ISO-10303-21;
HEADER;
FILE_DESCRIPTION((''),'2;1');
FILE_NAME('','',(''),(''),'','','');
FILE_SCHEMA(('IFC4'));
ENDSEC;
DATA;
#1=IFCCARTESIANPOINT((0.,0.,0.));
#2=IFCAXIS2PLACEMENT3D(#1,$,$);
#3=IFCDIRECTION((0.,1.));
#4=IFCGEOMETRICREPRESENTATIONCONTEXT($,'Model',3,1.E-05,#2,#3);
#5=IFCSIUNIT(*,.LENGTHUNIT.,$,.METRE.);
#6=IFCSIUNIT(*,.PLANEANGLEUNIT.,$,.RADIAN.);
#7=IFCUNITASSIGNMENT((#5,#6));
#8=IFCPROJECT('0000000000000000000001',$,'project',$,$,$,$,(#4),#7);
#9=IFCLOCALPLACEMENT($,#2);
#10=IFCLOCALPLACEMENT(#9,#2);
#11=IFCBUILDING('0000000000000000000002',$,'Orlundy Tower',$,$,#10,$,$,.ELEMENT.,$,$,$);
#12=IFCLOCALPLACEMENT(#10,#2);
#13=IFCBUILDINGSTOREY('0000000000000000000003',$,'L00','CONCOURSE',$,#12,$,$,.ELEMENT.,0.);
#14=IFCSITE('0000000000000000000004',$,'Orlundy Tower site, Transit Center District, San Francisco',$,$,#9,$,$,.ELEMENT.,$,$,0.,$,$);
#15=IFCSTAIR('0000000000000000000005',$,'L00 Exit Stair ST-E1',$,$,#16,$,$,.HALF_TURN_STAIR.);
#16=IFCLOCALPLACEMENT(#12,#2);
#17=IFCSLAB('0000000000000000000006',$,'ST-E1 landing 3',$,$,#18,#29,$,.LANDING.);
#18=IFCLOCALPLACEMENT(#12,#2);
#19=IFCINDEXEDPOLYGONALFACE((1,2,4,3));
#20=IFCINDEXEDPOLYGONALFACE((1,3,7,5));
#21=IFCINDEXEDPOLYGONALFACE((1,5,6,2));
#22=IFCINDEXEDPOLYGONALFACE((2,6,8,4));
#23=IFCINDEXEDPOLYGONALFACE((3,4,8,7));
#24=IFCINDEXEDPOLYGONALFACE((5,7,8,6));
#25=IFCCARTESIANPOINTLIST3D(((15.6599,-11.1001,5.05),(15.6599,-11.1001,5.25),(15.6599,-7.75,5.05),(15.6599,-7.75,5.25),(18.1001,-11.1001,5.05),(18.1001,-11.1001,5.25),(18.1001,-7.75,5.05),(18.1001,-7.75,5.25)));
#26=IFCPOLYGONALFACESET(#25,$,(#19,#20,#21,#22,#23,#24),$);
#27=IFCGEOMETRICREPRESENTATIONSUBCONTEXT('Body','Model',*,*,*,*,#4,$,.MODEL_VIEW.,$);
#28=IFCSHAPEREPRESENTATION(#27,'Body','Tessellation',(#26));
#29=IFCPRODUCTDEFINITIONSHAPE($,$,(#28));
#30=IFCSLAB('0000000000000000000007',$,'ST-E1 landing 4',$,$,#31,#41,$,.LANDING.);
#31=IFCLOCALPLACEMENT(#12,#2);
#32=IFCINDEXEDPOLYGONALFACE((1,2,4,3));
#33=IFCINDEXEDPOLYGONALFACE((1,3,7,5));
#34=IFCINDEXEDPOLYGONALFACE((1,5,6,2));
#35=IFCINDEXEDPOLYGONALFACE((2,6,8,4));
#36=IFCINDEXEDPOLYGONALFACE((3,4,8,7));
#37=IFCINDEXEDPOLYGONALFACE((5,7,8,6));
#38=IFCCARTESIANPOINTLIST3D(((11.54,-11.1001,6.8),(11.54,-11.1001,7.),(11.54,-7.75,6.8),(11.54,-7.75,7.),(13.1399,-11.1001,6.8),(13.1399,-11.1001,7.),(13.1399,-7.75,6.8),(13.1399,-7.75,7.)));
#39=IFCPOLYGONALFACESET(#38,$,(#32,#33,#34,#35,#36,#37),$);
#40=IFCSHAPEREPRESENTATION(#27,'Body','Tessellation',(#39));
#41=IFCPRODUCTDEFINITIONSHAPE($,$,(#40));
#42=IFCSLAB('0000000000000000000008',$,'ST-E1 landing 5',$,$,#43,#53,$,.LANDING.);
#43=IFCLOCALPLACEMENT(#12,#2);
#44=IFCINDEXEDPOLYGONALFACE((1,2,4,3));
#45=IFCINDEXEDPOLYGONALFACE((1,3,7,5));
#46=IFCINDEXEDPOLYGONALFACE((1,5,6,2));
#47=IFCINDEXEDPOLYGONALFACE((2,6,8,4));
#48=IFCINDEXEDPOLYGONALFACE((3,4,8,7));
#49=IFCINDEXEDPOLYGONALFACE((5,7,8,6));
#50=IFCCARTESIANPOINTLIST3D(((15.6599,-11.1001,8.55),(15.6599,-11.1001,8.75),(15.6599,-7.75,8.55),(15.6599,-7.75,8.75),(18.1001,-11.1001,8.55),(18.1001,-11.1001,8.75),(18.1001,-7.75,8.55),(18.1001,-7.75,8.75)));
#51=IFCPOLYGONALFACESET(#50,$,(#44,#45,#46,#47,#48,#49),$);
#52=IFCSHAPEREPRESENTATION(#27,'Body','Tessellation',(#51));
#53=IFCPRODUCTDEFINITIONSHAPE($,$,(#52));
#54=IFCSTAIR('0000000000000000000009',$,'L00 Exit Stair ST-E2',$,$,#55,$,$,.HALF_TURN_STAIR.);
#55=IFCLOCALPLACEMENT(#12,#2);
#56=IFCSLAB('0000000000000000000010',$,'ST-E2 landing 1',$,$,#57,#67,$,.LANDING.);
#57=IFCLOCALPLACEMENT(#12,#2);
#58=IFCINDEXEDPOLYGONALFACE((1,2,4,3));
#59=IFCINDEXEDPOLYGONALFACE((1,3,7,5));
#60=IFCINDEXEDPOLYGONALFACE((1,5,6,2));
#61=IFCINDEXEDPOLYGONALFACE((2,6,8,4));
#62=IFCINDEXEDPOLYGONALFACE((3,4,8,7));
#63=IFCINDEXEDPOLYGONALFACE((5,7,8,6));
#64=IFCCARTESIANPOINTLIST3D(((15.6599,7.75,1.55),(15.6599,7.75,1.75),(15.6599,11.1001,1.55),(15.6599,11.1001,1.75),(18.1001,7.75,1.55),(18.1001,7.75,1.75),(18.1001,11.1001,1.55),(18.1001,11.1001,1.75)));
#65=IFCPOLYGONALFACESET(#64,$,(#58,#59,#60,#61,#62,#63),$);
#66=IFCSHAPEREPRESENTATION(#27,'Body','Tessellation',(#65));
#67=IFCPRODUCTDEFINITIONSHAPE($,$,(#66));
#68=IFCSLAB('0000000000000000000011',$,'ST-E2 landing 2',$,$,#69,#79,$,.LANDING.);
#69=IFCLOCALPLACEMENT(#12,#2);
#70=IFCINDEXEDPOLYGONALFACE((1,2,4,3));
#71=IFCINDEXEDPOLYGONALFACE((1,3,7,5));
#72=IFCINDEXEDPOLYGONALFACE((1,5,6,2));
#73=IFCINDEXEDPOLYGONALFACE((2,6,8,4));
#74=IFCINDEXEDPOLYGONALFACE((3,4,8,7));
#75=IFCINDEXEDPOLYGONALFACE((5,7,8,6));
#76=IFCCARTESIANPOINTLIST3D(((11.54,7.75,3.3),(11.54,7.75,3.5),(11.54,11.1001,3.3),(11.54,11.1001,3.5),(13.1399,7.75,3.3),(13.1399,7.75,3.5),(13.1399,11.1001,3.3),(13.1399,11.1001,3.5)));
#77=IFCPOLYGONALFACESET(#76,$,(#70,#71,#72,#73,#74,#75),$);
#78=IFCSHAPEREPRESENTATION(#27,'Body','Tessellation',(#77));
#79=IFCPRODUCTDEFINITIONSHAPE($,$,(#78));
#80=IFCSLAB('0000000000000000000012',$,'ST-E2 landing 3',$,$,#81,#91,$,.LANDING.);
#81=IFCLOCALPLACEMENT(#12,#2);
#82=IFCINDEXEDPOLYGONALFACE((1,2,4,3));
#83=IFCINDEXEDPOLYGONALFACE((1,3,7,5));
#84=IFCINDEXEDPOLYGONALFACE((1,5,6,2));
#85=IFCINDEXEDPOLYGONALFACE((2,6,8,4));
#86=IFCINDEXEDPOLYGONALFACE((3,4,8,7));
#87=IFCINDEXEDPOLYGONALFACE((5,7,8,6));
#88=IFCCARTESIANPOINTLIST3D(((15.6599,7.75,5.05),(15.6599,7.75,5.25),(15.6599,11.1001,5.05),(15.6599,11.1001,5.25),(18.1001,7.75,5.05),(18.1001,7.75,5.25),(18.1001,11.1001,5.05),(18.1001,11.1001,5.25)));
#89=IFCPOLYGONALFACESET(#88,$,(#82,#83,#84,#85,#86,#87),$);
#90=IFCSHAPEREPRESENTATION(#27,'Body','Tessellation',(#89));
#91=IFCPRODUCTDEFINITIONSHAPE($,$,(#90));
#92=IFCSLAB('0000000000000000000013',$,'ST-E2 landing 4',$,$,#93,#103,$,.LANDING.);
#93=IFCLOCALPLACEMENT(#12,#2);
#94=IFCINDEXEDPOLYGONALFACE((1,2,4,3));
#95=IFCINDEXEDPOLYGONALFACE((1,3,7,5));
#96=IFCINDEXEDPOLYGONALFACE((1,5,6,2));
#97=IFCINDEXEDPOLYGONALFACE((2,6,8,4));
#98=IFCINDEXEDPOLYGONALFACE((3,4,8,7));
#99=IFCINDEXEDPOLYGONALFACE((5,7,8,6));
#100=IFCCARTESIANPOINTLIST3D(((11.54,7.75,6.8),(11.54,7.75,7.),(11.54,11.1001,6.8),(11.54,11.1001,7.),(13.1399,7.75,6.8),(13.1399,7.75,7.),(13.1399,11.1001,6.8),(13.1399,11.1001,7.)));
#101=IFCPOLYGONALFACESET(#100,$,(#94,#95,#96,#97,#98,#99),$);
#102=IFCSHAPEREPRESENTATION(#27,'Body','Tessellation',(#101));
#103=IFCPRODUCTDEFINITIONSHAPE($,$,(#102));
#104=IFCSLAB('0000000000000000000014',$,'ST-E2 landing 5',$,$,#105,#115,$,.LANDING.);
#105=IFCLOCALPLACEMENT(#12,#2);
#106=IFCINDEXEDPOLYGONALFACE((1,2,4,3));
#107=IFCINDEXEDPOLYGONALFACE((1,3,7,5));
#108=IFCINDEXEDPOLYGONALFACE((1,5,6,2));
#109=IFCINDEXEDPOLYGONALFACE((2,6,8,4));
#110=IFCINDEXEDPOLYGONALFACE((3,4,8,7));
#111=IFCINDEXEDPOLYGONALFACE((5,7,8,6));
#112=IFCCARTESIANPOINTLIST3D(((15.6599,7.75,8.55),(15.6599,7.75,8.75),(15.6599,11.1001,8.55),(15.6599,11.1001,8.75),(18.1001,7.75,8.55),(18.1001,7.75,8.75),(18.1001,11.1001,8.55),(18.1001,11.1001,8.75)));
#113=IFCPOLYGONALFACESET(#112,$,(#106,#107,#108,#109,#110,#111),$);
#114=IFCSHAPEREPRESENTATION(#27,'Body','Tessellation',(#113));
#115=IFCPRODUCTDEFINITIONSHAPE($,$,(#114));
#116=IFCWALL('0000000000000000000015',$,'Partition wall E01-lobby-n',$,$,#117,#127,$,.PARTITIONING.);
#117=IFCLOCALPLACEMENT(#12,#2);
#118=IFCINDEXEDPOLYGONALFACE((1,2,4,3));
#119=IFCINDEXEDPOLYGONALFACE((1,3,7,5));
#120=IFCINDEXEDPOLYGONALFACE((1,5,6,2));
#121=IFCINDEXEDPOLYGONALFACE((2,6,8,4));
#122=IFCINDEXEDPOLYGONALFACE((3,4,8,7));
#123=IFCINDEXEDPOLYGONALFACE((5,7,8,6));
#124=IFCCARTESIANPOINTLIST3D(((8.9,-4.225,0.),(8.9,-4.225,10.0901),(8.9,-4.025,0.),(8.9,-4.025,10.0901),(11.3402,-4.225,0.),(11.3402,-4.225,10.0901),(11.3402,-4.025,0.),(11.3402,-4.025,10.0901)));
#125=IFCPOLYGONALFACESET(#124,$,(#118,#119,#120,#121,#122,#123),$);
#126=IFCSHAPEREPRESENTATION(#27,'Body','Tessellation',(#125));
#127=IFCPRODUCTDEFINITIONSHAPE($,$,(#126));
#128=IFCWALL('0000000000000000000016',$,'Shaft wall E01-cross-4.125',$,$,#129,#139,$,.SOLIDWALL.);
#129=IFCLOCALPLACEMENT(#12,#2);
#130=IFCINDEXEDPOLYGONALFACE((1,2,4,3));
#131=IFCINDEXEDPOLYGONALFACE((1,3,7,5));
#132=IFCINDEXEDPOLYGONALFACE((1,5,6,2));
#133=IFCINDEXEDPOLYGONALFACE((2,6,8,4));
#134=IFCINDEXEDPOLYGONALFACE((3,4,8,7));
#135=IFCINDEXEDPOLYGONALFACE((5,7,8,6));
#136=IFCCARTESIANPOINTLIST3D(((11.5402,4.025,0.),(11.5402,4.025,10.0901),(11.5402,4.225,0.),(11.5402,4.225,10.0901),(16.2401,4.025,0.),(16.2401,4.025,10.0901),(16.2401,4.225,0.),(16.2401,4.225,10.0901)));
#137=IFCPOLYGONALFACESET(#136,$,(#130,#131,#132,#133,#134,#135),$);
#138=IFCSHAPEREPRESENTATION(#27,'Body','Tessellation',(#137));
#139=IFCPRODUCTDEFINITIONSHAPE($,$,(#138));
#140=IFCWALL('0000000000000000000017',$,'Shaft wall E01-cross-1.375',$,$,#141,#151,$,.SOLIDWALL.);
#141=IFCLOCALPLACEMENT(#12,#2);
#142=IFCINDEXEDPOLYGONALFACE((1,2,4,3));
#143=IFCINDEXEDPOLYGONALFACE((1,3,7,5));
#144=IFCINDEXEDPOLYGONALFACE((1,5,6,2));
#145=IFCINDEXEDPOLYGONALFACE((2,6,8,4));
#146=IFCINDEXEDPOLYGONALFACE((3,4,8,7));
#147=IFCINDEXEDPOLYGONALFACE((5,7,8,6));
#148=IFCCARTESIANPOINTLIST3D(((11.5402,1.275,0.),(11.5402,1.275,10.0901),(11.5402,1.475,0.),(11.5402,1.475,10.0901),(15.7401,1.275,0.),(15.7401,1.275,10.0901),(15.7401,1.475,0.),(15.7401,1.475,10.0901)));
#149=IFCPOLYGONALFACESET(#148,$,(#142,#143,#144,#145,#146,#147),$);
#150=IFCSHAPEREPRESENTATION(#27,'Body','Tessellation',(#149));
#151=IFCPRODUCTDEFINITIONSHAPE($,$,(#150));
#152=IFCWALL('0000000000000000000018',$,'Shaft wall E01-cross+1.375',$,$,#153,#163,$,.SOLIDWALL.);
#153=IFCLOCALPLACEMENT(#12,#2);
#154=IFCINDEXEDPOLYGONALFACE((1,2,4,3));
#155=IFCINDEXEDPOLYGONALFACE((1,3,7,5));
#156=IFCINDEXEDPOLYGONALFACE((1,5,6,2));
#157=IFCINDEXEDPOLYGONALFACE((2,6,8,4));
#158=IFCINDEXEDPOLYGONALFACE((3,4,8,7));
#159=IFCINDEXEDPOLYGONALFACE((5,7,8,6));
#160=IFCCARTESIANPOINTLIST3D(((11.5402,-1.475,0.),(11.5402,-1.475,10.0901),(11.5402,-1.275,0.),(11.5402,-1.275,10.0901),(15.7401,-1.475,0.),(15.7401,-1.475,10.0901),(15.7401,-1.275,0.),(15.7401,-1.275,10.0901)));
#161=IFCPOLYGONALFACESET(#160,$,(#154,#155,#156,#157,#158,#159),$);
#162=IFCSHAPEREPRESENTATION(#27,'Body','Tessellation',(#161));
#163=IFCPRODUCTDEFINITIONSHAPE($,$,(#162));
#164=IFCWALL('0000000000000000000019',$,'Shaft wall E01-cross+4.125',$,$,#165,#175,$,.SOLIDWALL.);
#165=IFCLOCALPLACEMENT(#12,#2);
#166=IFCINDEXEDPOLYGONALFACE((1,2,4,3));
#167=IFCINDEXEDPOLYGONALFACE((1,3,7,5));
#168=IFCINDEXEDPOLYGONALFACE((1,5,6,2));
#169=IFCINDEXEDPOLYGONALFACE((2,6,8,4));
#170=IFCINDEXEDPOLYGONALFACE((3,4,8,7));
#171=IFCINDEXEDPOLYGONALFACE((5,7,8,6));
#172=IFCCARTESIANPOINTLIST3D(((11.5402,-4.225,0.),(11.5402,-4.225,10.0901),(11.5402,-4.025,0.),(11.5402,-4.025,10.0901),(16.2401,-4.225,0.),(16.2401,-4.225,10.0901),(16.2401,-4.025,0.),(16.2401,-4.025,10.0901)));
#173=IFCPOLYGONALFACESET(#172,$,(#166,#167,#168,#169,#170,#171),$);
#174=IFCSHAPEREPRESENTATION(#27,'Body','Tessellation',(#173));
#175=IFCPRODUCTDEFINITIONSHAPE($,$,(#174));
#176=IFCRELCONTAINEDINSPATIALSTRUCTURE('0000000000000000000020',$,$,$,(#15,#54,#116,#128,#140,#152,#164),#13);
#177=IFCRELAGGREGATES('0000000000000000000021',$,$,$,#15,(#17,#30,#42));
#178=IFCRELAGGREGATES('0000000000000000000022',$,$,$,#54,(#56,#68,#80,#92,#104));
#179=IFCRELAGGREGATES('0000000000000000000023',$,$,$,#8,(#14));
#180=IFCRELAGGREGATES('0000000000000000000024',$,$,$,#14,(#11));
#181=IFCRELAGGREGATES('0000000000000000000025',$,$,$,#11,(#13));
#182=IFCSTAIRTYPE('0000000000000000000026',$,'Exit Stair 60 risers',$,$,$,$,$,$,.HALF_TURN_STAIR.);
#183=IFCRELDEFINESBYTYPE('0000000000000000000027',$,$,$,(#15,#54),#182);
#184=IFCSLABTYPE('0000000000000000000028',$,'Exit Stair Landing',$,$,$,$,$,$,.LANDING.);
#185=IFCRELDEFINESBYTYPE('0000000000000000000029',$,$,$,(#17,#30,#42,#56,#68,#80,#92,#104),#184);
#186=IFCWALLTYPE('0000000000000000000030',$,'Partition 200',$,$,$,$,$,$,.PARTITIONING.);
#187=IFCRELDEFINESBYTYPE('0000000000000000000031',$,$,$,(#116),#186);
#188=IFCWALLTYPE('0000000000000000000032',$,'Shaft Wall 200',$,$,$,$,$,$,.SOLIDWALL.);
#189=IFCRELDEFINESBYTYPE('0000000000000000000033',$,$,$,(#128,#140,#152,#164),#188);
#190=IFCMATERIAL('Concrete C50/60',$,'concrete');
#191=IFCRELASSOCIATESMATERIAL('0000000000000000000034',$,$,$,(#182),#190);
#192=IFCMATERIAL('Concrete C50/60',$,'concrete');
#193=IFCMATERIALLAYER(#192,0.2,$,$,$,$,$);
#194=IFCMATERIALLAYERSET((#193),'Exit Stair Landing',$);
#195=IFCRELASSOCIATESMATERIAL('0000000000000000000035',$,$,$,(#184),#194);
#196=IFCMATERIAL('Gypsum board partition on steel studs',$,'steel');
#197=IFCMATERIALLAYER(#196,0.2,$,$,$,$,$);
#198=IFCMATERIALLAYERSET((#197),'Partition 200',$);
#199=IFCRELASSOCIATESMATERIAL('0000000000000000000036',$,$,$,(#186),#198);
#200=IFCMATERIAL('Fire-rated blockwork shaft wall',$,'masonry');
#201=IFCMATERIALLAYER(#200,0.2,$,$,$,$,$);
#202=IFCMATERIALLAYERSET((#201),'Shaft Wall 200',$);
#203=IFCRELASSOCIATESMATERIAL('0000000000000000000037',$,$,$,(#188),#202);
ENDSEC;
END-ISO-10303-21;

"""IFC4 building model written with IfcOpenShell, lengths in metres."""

from ifc_helpers import new_model, si_unit, direction, frame, frame_2d, origin, place, context, subcontext, project, spatial, polyline, rectangle, outline, extrude, material, layer, layer_set, type_object, element, aggregate, save


model = new_model("IFC4")

# Units and contexts
model_context = context("Model", 3, precision=1e-05, world=origin(), true_north=direction((0.0, 1.0)))
body_context = subcontext(model_context, "Body", "Model", "MODEL_VIEW")
ifc_project = project(units=[si_unit("LENGTHUNIT", "METRE"), si_unit("PLANEANGLEUNIT", "RADIAN")], contexts=[model_context])

# Site, building, storey
site_placement = place(None, origin())
site = spatial("IfcSite", under=ifc_project, at=site_placement, Name="Orlundy Tower site, Transit Center District, San Francisco", CompositionType="ELEMENT", RefElevation=0.0)
building_placement = place(site_placement, origin())
building = spatial("IfcBuilding", under=site, at=building_placement, Name="Orlundy Tower", CompositionType="ELEMENT")
storey_placement = place(building_placement, origin())
storey = spatial("IfcBuildingStorey", under=building, at=storey_placement, Name="L00", Description="CONCOURSE", CompositionType="ELEMENT", Elevation=0.0)

# Stairs, slabs
ifc_material_1 = material(Name="Concrete C50/60", Category="concrete")
stair_type = type_object("IfcStairType", Name="Exit Stair 60 risers", PredefinedType="HALF_TURN_STAIR", material=ifc_material_1)
stair_1_placement = place(storey_placement, origin())
stair_1 = element("IfcStair", 1, at=stair_1_placement, inside=storey, type_object=stair_type, Name="L00 Exit Stair ST-E1", PredefinedType="HALF_TURN_STAIR")
ifc_material_2 = material(Name="Concrete C50/60", Category="concrete")
ifc_layer_1 = layer(ifc_material_2, 0.2)
ifc_layer_set_1 = layer_set([ifc_layer_1], Name="Exit Stair Landing")
slab_type_1 = type_object("IfcSlabType", Name="Exit Stair Landing", PredefinedType="LANDING", material=ifc_layer_set_1)
slab_1_placement = place(storey_placement, frame((0.0, 0.0, 5.05)))
slab_1 = element("IfcSlab", 2, at=slab_1_placement, type_object=slab_type_1, Name="ST-E1 landing 3", PredefinedType="LANDING", context=body_context, shape_type="SweptSolid", body=[
    extrude(outline(polyline([(15.6599, -11.1001), (18.1001, -11.1001), (18.1001, -7.75), (15.6599, -7.75), (15.6599, -11.1001)])), origin(), (0.0, 0.0, 1.0), 0.2),
])
slab_2_placement = place(storey_placement, frame((0.0, 0.0, 6.8)))
slab_2 = element("IfcSlab", 3, at=slab_2_placement, type_object=slab_type_1, Name="ST-E1 landing 4", PredefinedType="LANDING", context=body_context, shape_type="SweptSolid", body=[
    extrude(outline(polyline([(11.54, -11.1001), (13.1399, -11.1001), (13.1399, -7.75), (11.54, -7.75), (11.54, -11.1001)])), origin(), (0.0, 0.0, 1.0), 0.2),
])
slab_3_placement = place(storey_placement, frame((0.0, 0.0, 8.55)))
slab_3 = element("IfcSlab", 4, at=slab_3_placement, type_object=slab_type_1, Name="ST-E1 landing 5", PredefinedType="LANDING", context=body_context, shape_type="SweptSolid", body=[
    extrude(outline(polyline([(15.6599, -11.1001), (18.1001, -11.1001), (18.1001, -7.75), (15.6599, -7.75), (15.6599, -11.1001)])), origin(), (0.0, 0.0, 1.0), 0.2),
])
aggregate(stair_1, [slab_1, slab_2, slab_3])
stair_2_placement = place(storey_placement, origin())
stair_2 = element("IfcStair", 5, at=stair_2_placement, inside=storey, type_object=stair_type, Name="L00 Exit Stair ST-E2", PredefinedType="HALF_TURN_STAIR")
slab_4_placement = place(storey_placement, frame((0.0, 0.0, 1.55)))
slab_4 = element("IfcSlab", 6, at=slab_4_placement, type_object=slab_type_1, Name="ST-E2 landing 1", PredefinedType="LANDING", context=body_context, shape_type="SweptSolid", body=[
    extrude(outline(polyline([(15.6599, 7.75), (18.1001, 7.75), (18.1001, 11.1001), (15.6599, 11.1001), (15.6599, 7.75)])), origin(), (0.0, 0.0, 1.0), 0.2),
])
slab_5_placement = place(storey_placement, frame((0.0, 0.0, 3.3)))
slab_5 = element("IfcSlab", 7, at=slab_5_placement, type_object=slab_type_1, Name="ST-E2 landing 2", PredefinedType="LANDING", context=body_context, shape_type="SweptSolid", body=[
    extrude(outline(polyline([(11.54, 7.75), (13.1399, 7.75), (13.1399, 11.1001), (11.54, 11.1001), (11.54, 7.75)])), origin(), (0.0, 0.0, 1.0), 0.2),
])
slab_6_placement = place(storey_placement, frame((0.0, 0.0, 5.05)))
slab_6 = element("IfcSlab", 8, at=slab_6_placement, type_object=slab_type_1, Name="ST-E2 landing 3", PredefinedType="LANDING", context=body_context, shape_type="SweptSolid", body=[
    extrude(outline(polyline([(15.6599, 7.75), (18.1001, 7.75), (18.1001, 11.1001), (15.6599, 11.1001), (15.6599, 7.75)])), origin(), (0.0, 0.0, 1.0), 0.2),
])
slab_7_placement = place(storey_placement, frame((0.0, 0.0, 6.8)))
slab_7 = element("IfcSlab", 9, at=slab_7_placement, type_object=slab_type_1, Name="ST-E2 landing 4", PredefinedType="LANDING", context=body_context, shape_type="SweptSolid", body=[
    extrude(outline(polyline([(11.54, 7.75), (13.1399, 7.75), (13.1399, 11.1001), (11.54, 11.1001), (11.54, 7.75)])), origin(), (0.0, 0.0, 1.0), 0.2),
])
slab_8_placement = place(storey_placement, frame((0.0, 0.0, 8.55)))
slab_8 = element("IfcSlab", 10, at=slab_8_placement, type_object=slab_type_1, Name="ST-E2 landing 5", PredefinedType="LANDING", context=body_context, shape_type="SweptSolid", body=[
    extrude(outline(polyline([(15.6599, 7.75), (18.1001, 7.75), (18.1001, 11.1001), (15.6599, 11.1001), (15.6599, 7.75)])), origin(), (0.0, 0.0, 1.0), 0.2),
])
aggregate(stair_2, [slab_4, slab_5, slab_6, slab_7, slab_8])

# Walls
ifc_material_3 = material(Name="Gypsum board partition on steel studs", Category="steel")
ifc_layer_2 = layer(ifc_material_3, 0.2)
ifc_layer_set_2 = layer_set([ifc_layer_2], Name="Partition 200")
wall_type_1 = type_object("IfcWallType", Name="Partition 200", PredefinedType="PARTITIONING", material=ifc_layer_set_2)
wall_1_placement = place(storey_placement, frame((8.8999, -4.125, 0.0), z_axis=(0.0, 0.0, 1.0), x_axis=(1.0, 0.0, 0.0)))
element("IfcWall", 11, at=wall_1_placement, inside=storey, type_object=wall_type_1, Name="Partition wall E01-lobby-n", PredefinedType="PARTITIONING", context=body_context, shape_type="SweptSolid", body=[
    extrude(rectangle(XDim=2.4402, YDim=0.2, at=frame_2d((1.2202, 0.0))), origin(), (0.0, 0.0, 1.0), 10.0901),
])
ifc_material_4 = material(Name="Fire-rated blockwork shaft wall", Category="masonry")
ifc_layer_3 = layer(ifc_material_4, 0.2)
ifc_layer_set_3 = layer_set([ifc_layer_3], Name="Shaft Wall 200")
wall_type_2 = type_object("IfcWallType", Name="Shaft Wall 200", PredefinedType="SOLIDWALL", material=ifc_layer_set_3)
wall_2_placement = place(storey_placement, frame((11.54, 4.125, 0.0), z_axis=(0.0, 0.0, 1.0), x_axis=(1.0, 0.0, 0.0)))
element("IfcWall", 12, at=wall_2_placement, inside=storey, type_object=wall_type_2, Name="Shaft wall E01-cross-4.125", PredefinedType="SOLIDWALL", context=body_context, shape_type="SweptSolid", body=[
    extrude(rectangle(XDim=4.7, YDim=0.2, at=frame_2d((2.3501, 0.0))), origin(), (0.0, 0.0, 1.0), 10.0901),
])
for number, where, z_axis, x_axis, name in (
    (13, (11.54, 1.375, 0.0), (0.0, 0.0, 1.0), (1.0, 0.0, 0.0), "Shaft wall E01-cross-1.375"),
    (14, (11.54, -1.375, 0.0), (0.0, 0.0, 1.0), (1.0, 0.0, 0.0), "Shaft wall E01-cross+1.375"),
):
    element("IfcWall", number, at=place(storey_placement, frame(where, z_axis=z_axis, x_axis=x_axis)), inside=storey, type_object=wall_type_2, Name=name, PredefinedType="SOLIDWALL", context=body_context, shape_type="SweptSolid", body=[
        extrude(rectangle(XDim=4.2, YDim=0.2, at=frame_2d((2.1001, 0.0))), origin(), (0.0, 0.0, 1.0), 10.0901),
    ])
wall_3_placement = place(storey_placement, frame((11.54, -4.125, 0.0), z_axis=(0.0, 0.0, 1.0), x_axis=(1.0, 0.0, 0.0)))
element("IfcWall", 15, at=wall_3_placement, inside=storey, type_object=wall_type_2, Name="Shaft wall E01-cross+4.125", PredefinedType="SOLIDWALL", context=body_context, shape_type="SweptSolid", body=[
    extrude(rectangle(XDim=4.7, YDim=0.2, at=frame_2d((2.3501, 0.0))), origin(), (0.0, 0.0, 1.0), 10.0901),
])

save(model, "model.ifc")
